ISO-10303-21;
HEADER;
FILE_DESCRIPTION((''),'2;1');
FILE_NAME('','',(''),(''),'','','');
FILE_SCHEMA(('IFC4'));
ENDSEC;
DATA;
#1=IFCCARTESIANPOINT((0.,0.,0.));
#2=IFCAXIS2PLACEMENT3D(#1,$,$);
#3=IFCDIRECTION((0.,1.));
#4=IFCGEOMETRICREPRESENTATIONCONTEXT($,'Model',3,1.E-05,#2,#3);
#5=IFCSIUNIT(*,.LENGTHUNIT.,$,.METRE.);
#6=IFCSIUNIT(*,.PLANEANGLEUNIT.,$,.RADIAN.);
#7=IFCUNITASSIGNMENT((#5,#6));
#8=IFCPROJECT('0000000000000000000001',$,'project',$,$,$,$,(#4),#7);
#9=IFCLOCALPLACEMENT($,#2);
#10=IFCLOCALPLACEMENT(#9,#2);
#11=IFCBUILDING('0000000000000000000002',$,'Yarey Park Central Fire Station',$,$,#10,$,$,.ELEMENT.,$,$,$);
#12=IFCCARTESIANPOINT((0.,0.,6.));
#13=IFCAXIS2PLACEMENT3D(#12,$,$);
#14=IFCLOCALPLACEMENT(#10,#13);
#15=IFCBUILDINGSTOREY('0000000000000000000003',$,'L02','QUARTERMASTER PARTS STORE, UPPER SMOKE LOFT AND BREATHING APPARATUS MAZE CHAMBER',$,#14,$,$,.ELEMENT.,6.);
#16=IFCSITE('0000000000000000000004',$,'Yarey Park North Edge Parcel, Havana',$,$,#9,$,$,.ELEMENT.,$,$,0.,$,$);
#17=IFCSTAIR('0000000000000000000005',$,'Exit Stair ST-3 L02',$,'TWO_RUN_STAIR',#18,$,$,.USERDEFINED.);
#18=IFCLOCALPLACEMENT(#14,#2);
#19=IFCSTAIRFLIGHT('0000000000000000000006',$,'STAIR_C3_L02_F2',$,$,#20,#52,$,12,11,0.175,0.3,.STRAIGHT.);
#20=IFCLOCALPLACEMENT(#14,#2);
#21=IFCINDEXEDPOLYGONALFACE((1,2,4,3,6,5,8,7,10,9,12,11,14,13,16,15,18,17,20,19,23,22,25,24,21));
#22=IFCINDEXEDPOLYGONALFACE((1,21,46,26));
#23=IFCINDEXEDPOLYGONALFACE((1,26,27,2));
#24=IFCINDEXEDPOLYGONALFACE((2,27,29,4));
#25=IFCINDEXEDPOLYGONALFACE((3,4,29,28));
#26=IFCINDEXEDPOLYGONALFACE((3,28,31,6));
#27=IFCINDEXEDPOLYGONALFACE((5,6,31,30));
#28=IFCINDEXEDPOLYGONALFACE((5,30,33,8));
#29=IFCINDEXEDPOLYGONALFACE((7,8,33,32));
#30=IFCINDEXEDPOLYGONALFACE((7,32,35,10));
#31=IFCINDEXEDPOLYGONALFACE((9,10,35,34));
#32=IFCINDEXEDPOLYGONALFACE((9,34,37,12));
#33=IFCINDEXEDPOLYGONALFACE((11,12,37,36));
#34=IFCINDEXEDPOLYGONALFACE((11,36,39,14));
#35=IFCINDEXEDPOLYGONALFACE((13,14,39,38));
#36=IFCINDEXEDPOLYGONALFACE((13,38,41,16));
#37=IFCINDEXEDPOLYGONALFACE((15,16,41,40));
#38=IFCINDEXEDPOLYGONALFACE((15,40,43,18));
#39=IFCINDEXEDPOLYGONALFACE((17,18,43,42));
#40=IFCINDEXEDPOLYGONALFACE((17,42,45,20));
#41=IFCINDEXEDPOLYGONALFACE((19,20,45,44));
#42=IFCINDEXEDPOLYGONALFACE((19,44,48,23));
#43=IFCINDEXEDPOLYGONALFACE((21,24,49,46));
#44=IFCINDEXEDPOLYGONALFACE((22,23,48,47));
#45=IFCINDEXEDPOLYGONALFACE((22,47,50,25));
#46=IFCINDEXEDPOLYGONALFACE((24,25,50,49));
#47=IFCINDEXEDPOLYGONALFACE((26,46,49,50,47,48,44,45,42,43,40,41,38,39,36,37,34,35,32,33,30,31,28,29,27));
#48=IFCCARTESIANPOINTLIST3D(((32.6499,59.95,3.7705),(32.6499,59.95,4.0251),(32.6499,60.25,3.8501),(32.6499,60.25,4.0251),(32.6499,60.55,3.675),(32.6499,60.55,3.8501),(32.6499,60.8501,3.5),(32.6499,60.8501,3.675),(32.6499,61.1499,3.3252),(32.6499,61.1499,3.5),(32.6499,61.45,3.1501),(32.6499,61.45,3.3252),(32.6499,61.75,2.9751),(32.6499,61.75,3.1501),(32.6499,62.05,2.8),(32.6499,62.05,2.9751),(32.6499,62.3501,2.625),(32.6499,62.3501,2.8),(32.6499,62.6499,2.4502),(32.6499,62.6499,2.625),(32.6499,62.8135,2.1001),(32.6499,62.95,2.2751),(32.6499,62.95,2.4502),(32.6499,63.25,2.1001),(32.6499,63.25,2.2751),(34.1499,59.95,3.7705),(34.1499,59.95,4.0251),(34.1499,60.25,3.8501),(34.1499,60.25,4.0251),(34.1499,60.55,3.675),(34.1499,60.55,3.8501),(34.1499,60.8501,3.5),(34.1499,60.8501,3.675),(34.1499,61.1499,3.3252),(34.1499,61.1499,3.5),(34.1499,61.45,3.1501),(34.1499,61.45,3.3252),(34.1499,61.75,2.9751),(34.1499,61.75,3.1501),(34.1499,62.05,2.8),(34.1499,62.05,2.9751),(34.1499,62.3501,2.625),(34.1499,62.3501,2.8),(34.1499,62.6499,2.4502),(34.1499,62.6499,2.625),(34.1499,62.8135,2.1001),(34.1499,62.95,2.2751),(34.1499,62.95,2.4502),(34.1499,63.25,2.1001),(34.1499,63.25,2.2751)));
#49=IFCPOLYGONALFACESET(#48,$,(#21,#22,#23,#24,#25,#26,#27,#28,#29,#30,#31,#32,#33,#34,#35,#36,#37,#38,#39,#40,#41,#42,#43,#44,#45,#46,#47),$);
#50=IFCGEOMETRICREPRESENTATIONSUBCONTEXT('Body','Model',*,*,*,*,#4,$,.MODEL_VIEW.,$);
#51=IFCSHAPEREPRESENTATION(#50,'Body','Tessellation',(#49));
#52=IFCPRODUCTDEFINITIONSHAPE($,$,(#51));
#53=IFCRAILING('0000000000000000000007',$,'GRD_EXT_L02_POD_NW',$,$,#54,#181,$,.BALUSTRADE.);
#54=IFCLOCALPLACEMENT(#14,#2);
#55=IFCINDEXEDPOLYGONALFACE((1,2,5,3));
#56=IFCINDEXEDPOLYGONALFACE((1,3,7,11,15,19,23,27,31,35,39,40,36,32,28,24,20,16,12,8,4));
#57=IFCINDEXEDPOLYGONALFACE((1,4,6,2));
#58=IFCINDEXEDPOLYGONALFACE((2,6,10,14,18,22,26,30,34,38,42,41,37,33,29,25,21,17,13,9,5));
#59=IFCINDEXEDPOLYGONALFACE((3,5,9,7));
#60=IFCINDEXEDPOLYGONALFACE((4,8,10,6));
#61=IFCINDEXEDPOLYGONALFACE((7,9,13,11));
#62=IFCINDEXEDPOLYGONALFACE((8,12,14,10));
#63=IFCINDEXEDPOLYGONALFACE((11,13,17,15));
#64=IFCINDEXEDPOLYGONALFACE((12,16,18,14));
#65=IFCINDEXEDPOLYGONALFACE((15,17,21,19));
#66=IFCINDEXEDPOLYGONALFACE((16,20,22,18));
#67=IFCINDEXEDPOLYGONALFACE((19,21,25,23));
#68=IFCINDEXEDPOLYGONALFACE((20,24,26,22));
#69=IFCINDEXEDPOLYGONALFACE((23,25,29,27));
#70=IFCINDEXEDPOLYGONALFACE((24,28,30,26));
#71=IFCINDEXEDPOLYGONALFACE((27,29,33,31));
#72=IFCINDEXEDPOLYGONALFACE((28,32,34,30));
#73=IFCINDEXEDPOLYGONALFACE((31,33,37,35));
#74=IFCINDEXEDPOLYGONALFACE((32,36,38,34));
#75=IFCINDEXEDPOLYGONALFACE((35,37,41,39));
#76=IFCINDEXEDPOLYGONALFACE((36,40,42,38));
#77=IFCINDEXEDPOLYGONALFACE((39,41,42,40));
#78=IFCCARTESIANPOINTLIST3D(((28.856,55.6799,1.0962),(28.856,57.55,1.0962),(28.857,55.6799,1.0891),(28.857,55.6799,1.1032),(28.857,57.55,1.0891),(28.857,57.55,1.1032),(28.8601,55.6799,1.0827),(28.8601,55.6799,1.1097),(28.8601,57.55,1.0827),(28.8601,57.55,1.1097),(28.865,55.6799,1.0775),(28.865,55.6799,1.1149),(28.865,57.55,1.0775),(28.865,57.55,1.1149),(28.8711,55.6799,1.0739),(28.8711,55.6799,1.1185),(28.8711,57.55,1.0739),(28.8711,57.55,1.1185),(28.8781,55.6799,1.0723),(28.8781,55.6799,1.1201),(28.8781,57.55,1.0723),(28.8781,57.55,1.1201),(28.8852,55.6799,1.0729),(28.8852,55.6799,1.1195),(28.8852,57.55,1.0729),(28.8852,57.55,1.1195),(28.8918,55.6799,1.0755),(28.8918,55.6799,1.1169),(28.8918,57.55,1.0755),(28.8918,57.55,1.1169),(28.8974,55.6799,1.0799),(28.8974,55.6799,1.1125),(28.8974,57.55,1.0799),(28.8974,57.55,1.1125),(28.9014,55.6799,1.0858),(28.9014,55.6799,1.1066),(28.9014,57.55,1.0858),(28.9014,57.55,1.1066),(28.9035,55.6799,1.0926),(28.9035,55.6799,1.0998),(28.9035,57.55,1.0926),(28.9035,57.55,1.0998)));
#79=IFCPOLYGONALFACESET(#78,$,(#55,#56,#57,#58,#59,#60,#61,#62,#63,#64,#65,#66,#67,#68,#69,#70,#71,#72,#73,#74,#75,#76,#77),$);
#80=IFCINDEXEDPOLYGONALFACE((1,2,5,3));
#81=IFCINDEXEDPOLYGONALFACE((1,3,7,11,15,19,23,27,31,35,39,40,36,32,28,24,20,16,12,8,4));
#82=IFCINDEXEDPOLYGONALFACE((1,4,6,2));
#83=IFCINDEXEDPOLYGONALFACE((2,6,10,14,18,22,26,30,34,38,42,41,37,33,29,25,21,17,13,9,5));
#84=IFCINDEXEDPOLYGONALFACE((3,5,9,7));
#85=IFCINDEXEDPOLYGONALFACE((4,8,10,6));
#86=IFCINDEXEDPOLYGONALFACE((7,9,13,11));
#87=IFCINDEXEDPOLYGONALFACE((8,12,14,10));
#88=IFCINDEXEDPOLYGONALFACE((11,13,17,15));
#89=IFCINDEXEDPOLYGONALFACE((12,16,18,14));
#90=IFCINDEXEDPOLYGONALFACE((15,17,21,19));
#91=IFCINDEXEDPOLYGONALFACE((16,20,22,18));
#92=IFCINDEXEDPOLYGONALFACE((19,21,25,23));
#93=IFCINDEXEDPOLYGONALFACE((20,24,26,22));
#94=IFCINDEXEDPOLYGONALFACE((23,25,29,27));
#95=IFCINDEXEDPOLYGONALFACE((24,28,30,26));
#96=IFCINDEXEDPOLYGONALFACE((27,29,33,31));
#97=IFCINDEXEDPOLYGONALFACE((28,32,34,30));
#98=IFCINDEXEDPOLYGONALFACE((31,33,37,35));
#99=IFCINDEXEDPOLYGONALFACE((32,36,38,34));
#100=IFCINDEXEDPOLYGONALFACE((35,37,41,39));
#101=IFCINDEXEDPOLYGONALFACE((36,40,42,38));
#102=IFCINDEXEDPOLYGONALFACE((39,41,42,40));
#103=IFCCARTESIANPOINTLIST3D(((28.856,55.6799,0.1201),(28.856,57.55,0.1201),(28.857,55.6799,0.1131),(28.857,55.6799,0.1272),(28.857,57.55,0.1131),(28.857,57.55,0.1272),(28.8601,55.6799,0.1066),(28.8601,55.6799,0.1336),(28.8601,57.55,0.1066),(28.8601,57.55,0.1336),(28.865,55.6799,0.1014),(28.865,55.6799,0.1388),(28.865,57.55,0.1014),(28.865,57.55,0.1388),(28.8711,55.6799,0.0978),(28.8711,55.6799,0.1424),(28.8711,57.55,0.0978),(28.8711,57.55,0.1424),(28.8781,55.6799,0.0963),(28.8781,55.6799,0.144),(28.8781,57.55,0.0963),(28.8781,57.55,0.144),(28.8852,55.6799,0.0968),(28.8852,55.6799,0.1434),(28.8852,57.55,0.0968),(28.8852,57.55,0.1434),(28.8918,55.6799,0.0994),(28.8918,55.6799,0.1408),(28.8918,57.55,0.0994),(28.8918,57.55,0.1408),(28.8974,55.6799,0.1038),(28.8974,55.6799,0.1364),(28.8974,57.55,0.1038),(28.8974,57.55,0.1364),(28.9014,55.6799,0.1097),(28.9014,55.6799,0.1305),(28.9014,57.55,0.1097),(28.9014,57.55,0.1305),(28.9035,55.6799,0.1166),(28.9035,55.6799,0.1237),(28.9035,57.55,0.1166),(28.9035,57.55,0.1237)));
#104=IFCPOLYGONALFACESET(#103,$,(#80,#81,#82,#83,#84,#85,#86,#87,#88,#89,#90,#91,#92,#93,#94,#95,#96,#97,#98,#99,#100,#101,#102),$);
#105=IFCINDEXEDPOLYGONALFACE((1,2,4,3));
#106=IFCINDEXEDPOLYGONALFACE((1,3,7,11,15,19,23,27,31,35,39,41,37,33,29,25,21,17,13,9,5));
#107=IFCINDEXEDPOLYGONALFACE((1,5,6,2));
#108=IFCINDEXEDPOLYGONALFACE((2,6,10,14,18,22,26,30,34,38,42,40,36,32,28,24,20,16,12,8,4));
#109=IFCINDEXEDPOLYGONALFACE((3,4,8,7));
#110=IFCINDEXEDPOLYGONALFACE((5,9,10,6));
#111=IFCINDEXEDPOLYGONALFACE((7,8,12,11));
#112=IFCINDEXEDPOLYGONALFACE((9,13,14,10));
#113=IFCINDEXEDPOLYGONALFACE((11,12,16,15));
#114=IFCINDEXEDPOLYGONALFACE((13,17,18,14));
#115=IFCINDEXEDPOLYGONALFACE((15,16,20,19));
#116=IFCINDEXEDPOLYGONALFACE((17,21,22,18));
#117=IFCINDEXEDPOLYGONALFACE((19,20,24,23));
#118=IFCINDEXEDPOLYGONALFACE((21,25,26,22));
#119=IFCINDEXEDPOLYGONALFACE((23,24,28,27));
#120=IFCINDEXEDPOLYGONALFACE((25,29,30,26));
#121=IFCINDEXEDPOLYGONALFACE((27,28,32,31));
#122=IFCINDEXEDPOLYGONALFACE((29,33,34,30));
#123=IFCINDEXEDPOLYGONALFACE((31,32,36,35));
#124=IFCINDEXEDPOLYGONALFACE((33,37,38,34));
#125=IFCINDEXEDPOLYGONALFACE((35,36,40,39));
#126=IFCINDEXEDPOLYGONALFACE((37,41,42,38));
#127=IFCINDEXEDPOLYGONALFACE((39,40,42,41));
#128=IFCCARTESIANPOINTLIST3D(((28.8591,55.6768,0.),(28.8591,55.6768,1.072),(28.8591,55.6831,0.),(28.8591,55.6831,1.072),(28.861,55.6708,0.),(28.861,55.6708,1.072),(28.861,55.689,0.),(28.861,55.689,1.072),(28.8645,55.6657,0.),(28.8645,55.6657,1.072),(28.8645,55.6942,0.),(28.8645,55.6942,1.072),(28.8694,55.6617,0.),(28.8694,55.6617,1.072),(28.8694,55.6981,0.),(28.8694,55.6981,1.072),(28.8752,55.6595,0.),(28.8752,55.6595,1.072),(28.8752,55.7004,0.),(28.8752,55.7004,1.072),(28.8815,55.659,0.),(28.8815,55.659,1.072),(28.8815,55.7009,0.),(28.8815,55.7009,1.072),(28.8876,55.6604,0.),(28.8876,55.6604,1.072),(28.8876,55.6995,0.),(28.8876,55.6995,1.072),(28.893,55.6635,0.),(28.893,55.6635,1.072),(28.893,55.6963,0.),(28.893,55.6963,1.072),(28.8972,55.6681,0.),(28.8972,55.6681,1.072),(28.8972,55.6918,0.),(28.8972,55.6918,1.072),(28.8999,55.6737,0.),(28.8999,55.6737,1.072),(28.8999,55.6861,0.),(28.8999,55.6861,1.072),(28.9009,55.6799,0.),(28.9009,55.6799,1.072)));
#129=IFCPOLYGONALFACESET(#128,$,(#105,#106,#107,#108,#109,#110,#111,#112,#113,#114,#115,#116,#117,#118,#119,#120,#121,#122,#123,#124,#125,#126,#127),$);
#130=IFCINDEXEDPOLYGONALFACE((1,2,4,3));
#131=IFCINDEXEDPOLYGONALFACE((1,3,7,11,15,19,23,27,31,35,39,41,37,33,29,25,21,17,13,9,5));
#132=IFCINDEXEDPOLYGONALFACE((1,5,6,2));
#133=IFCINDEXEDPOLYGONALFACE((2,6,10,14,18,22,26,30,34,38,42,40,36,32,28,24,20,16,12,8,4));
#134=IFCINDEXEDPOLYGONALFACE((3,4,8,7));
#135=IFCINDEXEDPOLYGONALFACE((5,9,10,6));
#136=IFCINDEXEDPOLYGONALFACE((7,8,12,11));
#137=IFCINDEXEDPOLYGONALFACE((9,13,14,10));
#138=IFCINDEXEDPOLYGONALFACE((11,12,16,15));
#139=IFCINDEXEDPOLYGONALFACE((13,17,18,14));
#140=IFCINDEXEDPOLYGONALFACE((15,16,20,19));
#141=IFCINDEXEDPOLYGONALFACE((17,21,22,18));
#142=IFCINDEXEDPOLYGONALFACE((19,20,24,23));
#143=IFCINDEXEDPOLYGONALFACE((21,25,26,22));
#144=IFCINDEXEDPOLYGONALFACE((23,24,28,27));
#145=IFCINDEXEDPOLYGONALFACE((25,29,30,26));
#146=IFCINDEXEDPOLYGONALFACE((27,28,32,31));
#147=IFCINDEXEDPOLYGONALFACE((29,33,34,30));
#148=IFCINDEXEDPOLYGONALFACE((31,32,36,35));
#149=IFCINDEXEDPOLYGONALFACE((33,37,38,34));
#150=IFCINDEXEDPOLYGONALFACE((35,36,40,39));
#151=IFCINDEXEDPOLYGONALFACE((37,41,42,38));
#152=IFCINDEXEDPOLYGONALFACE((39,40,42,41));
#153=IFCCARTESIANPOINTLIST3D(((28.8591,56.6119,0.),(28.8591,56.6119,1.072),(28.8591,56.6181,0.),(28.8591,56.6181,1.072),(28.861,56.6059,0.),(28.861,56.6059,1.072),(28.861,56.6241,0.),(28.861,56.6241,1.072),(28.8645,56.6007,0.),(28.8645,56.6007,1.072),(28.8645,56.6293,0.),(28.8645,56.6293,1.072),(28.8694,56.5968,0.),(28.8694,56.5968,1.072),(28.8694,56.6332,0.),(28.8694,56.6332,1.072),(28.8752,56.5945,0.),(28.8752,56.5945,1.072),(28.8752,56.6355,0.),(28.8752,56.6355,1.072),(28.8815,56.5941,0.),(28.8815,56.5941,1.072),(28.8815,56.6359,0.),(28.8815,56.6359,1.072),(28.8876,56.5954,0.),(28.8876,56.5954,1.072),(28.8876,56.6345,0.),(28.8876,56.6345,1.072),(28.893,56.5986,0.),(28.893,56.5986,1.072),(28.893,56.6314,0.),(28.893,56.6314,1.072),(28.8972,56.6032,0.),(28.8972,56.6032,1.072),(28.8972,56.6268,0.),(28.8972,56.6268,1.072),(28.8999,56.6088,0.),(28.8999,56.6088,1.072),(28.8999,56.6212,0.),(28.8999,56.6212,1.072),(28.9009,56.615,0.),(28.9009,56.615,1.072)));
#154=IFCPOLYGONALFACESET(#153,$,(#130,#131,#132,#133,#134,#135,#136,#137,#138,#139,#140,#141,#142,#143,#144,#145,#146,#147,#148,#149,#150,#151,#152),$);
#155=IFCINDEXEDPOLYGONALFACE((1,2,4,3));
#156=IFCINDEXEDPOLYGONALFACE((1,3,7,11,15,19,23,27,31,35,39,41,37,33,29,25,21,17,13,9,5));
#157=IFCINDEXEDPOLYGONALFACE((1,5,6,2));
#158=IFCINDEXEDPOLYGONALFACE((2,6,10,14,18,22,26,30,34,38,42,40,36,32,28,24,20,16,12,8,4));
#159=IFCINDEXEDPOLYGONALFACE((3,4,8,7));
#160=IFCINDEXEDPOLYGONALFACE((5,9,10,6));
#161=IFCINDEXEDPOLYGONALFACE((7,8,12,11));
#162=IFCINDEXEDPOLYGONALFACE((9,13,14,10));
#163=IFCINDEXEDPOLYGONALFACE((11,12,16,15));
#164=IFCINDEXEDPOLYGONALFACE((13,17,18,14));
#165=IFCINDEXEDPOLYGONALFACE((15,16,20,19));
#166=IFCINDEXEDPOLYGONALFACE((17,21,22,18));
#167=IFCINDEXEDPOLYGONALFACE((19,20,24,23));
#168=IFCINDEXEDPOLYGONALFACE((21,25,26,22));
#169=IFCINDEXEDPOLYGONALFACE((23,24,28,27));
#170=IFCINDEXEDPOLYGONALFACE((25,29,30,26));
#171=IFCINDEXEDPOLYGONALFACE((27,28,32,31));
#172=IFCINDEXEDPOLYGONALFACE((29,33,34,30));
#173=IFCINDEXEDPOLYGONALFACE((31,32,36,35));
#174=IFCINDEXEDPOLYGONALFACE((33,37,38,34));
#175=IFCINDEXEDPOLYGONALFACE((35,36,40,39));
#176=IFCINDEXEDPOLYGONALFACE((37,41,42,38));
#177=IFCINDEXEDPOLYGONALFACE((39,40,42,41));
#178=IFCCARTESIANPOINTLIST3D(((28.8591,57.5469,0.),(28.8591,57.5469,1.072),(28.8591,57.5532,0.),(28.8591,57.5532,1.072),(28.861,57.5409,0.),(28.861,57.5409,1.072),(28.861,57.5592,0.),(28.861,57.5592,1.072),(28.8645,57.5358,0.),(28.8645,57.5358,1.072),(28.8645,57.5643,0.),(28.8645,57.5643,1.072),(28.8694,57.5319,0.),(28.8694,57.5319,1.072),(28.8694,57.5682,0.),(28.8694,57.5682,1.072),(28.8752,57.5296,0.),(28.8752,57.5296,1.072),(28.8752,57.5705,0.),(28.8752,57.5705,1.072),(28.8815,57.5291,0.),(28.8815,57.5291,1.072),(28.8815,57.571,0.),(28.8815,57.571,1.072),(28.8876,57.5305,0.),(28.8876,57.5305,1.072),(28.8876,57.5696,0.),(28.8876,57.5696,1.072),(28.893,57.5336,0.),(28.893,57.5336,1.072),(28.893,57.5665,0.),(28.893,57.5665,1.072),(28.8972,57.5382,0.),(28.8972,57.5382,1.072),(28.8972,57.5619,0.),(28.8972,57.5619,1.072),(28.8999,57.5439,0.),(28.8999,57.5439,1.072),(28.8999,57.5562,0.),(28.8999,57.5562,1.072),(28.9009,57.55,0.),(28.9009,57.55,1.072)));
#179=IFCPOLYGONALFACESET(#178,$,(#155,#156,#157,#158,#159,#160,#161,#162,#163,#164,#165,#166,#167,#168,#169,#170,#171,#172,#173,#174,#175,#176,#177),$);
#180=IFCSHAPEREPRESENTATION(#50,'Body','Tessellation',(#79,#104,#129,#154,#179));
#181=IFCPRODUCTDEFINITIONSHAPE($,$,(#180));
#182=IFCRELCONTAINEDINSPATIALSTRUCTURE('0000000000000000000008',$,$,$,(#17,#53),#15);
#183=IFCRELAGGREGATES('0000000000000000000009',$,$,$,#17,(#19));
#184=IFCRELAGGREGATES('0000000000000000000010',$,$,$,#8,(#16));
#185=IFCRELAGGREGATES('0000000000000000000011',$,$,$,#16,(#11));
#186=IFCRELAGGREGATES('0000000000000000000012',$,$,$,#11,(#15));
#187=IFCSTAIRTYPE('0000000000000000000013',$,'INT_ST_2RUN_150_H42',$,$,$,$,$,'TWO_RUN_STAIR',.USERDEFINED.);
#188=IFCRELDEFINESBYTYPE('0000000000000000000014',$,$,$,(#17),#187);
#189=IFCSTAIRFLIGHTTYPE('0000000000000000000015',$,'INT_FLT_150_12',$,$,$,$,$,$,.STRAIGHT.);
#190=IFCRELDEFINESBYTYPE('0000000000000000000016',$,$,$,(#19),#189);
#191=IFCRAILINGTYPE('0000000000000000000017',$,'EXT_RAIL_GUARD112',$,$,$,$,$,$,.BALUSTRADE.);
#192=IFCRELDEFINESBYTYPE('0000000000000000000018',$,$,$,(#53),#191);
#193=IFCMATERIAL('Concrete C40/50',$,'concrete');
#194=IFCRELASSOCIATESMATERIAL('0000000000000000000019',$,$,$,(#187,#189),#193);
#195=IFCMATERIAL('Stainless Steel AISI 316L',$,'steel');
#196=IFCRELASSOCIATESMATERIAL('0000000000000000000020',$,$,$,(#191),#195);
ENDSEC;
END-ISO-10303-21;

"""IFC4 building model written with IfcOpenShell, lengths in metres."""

from ifc_helpers import new_model, si_unit, direction, frame, origin, origin_2d, place, context, subcontext, project, spatial, polyline, circle, outline, extrude, material, type_object, element, aggregate, save


model = new_model("IFC4")

# Units and contexts
model_context = context("Model", 3, precision=1e-05, world=origin(), true_north=direction((0.0, 1.0)))
body_context = subcontext(model_context, "Body", "Model", "MODEL_VIEW")
ifc_project = project(units=[si_unit("LENGTHUNIT", "METRE"), si_unit("PLANEANGLEUNIT", "RADIAN")], contexts=[model_context])

# Site, building, storey
site_placement = place(None, origin())
site = spatial("IfcSite", under=ifc_project, at=site_placement, Name="Yarey Park North Edge Parcel, Havana", CompositionType="ELEMENT", RefElevation=0.0)
building_placement = place(site_placement, origin())
building = spatial("IfcBuilding", under=site, at=building_placement, Name="Yarey Park Central Fire Station", CompositionType="ELEMENT")
storey_placement = place(building_placement, frame((0.0, 0.0, 6.0)))
storey = spatial("IfcBuildingStorey", under=building, at=storey_placement, Name="L02", Description="QUARTERMASTER PARTS STORE, UPPER SMOKE LOFT AND BREATHING APPARATUS MAZE CHAMBER", CompositionType="ELEMENT", Elevation=6.0)

# Shared definitions
ifc_material_1 = material(Name="Concrete C40/50", Category="concrete")

# Stair, stair flight
stair_type = type_object("IfcStairType", Name="INT_ST_2RUN_150_H42", ElementType="TWO_RUN_STAIR", PredefinedType="USERDEFINED", material=ifc_material_1)
stair_placement = place(storey_placement, origin())
stair = element("IfcStair", 1, at=stair_placement, inside=storey, type_object=stair_type, Name="Exit Stair ST-3 L02", ObjectType="TWO_RUN_STAIR", PredefinedType="USERDEFINED")
stair_flight_type = type_object("IfcStairFlightType", Name="INT_FLT_150_12", PredefinedType="STRAIGHT", material=ifc_material_1)
stair_flight_1_placement = place(storey_placement, frame((33.3999, 63.25, 2.1001), z_axis=(0.0, 0.0, 1.0), x_axis=(0.0, -1.0, 0.0)))
stair_flight_1 = element("IfcStairFlight", 2, at=stair_flight_1_placement, type_object=stair_flight_type, Name="STAIR_C3_L02_F2", NumberOfRisers=12, NumberOfTreads=11, PredefinedType="STRAIGHT", RiserHeight=0.175, TreadLength=0.3, context=body_context, shape_type="SweptSolid", body=[
    extrude(outline(polyline([(0.0, 0.0), (0.0, 0.175), (0.3, 0.175), (0.3, 0.3501), (0.6001, 0.3501), (0.6001, 0.5249), (0.8999, 0.5249), (0.8999, 0.7), (1.2, 0.7), (1.2, 0.875), (1.5, 0.875), (1.5, 1.05), (1.8, 1.05), (1.8, 1.2251), (2.1001, 1.2251), (2.1001, 1.3999), (2.3999, 1.3999), (2.3999, 1.575), (2.7, 1.575), (2.7, 1.75), (3.0, 1.75), (3.0, 1.925), (3.3, 1.925), (3.3, 2.1001), (3.3, 1.6704), (0.4365, 0.0), (0.0, 0.0)])), frame((0.0, 0.75, 0.0), z_axis=(0.0, -1.0, 0.0), x_axis=(1.0, 0.0, 0.0)), (0.0, 0.0, 1.0), 1.5),
])
aggregate(stair, [stair_flight_1])

# Railing
ifc_material_2 = material(Name="Stainless Steel AISI 316L", Category="steel")
railing_type_1 = type_object("IfcRailingType", Name="EXT_RAIL_GUARD112", PredefinedType="BALUSTRADE", material=ifc_material_2)
railing_1_placement = place(storey_placement, frame((28.8799, 55.6799, 0.0)))
element("IfcRailing", 3, at=railing_1_placement, inside=storey, type_object=railing_type_1, Name="GRD_EXT_L02_POD_NW", PredefinedType="BALUSTRADE", context=body_context, shape_type="SweptSolid", body=[
    extrude(circle(Radius=0.0239, at=origin_2d()), frame((0.0, 0.0, 1.0962), z_axis=(0.0, 1.0, 0.0), x_axis=(-1.0, 0.0, 0.0)), (0.0, 0.0, 1.0), 1.8701),
    extrude(circle(Radius=0.0239, at=origin_2d()), frame((0.0, 0.0, 0.1201), z_axis=(0.0, 1.0, 0.0), x_axis=(-1.0, 0.0, 0.0)), (0.0, 0.0, 1.0), 1.8701),
    extrude(circle(Radius=0.021, at=origin_2d()), origin(), (0.0, 0.0, 1.0), 1.072),
    extrude(circle(Radius=0.021, at=origin_2d()), frame((0.0, 0.9351, 0.0)), (0.0, 0.0, 1.0), 1.072),
    extrude(circle(Radius=0.021, at=origin_2d()), frame((0.0, 1.8701, 0.0)), (0.0, 0.0, 1.0), 1.072),
])

save(model, "model.ifc")
